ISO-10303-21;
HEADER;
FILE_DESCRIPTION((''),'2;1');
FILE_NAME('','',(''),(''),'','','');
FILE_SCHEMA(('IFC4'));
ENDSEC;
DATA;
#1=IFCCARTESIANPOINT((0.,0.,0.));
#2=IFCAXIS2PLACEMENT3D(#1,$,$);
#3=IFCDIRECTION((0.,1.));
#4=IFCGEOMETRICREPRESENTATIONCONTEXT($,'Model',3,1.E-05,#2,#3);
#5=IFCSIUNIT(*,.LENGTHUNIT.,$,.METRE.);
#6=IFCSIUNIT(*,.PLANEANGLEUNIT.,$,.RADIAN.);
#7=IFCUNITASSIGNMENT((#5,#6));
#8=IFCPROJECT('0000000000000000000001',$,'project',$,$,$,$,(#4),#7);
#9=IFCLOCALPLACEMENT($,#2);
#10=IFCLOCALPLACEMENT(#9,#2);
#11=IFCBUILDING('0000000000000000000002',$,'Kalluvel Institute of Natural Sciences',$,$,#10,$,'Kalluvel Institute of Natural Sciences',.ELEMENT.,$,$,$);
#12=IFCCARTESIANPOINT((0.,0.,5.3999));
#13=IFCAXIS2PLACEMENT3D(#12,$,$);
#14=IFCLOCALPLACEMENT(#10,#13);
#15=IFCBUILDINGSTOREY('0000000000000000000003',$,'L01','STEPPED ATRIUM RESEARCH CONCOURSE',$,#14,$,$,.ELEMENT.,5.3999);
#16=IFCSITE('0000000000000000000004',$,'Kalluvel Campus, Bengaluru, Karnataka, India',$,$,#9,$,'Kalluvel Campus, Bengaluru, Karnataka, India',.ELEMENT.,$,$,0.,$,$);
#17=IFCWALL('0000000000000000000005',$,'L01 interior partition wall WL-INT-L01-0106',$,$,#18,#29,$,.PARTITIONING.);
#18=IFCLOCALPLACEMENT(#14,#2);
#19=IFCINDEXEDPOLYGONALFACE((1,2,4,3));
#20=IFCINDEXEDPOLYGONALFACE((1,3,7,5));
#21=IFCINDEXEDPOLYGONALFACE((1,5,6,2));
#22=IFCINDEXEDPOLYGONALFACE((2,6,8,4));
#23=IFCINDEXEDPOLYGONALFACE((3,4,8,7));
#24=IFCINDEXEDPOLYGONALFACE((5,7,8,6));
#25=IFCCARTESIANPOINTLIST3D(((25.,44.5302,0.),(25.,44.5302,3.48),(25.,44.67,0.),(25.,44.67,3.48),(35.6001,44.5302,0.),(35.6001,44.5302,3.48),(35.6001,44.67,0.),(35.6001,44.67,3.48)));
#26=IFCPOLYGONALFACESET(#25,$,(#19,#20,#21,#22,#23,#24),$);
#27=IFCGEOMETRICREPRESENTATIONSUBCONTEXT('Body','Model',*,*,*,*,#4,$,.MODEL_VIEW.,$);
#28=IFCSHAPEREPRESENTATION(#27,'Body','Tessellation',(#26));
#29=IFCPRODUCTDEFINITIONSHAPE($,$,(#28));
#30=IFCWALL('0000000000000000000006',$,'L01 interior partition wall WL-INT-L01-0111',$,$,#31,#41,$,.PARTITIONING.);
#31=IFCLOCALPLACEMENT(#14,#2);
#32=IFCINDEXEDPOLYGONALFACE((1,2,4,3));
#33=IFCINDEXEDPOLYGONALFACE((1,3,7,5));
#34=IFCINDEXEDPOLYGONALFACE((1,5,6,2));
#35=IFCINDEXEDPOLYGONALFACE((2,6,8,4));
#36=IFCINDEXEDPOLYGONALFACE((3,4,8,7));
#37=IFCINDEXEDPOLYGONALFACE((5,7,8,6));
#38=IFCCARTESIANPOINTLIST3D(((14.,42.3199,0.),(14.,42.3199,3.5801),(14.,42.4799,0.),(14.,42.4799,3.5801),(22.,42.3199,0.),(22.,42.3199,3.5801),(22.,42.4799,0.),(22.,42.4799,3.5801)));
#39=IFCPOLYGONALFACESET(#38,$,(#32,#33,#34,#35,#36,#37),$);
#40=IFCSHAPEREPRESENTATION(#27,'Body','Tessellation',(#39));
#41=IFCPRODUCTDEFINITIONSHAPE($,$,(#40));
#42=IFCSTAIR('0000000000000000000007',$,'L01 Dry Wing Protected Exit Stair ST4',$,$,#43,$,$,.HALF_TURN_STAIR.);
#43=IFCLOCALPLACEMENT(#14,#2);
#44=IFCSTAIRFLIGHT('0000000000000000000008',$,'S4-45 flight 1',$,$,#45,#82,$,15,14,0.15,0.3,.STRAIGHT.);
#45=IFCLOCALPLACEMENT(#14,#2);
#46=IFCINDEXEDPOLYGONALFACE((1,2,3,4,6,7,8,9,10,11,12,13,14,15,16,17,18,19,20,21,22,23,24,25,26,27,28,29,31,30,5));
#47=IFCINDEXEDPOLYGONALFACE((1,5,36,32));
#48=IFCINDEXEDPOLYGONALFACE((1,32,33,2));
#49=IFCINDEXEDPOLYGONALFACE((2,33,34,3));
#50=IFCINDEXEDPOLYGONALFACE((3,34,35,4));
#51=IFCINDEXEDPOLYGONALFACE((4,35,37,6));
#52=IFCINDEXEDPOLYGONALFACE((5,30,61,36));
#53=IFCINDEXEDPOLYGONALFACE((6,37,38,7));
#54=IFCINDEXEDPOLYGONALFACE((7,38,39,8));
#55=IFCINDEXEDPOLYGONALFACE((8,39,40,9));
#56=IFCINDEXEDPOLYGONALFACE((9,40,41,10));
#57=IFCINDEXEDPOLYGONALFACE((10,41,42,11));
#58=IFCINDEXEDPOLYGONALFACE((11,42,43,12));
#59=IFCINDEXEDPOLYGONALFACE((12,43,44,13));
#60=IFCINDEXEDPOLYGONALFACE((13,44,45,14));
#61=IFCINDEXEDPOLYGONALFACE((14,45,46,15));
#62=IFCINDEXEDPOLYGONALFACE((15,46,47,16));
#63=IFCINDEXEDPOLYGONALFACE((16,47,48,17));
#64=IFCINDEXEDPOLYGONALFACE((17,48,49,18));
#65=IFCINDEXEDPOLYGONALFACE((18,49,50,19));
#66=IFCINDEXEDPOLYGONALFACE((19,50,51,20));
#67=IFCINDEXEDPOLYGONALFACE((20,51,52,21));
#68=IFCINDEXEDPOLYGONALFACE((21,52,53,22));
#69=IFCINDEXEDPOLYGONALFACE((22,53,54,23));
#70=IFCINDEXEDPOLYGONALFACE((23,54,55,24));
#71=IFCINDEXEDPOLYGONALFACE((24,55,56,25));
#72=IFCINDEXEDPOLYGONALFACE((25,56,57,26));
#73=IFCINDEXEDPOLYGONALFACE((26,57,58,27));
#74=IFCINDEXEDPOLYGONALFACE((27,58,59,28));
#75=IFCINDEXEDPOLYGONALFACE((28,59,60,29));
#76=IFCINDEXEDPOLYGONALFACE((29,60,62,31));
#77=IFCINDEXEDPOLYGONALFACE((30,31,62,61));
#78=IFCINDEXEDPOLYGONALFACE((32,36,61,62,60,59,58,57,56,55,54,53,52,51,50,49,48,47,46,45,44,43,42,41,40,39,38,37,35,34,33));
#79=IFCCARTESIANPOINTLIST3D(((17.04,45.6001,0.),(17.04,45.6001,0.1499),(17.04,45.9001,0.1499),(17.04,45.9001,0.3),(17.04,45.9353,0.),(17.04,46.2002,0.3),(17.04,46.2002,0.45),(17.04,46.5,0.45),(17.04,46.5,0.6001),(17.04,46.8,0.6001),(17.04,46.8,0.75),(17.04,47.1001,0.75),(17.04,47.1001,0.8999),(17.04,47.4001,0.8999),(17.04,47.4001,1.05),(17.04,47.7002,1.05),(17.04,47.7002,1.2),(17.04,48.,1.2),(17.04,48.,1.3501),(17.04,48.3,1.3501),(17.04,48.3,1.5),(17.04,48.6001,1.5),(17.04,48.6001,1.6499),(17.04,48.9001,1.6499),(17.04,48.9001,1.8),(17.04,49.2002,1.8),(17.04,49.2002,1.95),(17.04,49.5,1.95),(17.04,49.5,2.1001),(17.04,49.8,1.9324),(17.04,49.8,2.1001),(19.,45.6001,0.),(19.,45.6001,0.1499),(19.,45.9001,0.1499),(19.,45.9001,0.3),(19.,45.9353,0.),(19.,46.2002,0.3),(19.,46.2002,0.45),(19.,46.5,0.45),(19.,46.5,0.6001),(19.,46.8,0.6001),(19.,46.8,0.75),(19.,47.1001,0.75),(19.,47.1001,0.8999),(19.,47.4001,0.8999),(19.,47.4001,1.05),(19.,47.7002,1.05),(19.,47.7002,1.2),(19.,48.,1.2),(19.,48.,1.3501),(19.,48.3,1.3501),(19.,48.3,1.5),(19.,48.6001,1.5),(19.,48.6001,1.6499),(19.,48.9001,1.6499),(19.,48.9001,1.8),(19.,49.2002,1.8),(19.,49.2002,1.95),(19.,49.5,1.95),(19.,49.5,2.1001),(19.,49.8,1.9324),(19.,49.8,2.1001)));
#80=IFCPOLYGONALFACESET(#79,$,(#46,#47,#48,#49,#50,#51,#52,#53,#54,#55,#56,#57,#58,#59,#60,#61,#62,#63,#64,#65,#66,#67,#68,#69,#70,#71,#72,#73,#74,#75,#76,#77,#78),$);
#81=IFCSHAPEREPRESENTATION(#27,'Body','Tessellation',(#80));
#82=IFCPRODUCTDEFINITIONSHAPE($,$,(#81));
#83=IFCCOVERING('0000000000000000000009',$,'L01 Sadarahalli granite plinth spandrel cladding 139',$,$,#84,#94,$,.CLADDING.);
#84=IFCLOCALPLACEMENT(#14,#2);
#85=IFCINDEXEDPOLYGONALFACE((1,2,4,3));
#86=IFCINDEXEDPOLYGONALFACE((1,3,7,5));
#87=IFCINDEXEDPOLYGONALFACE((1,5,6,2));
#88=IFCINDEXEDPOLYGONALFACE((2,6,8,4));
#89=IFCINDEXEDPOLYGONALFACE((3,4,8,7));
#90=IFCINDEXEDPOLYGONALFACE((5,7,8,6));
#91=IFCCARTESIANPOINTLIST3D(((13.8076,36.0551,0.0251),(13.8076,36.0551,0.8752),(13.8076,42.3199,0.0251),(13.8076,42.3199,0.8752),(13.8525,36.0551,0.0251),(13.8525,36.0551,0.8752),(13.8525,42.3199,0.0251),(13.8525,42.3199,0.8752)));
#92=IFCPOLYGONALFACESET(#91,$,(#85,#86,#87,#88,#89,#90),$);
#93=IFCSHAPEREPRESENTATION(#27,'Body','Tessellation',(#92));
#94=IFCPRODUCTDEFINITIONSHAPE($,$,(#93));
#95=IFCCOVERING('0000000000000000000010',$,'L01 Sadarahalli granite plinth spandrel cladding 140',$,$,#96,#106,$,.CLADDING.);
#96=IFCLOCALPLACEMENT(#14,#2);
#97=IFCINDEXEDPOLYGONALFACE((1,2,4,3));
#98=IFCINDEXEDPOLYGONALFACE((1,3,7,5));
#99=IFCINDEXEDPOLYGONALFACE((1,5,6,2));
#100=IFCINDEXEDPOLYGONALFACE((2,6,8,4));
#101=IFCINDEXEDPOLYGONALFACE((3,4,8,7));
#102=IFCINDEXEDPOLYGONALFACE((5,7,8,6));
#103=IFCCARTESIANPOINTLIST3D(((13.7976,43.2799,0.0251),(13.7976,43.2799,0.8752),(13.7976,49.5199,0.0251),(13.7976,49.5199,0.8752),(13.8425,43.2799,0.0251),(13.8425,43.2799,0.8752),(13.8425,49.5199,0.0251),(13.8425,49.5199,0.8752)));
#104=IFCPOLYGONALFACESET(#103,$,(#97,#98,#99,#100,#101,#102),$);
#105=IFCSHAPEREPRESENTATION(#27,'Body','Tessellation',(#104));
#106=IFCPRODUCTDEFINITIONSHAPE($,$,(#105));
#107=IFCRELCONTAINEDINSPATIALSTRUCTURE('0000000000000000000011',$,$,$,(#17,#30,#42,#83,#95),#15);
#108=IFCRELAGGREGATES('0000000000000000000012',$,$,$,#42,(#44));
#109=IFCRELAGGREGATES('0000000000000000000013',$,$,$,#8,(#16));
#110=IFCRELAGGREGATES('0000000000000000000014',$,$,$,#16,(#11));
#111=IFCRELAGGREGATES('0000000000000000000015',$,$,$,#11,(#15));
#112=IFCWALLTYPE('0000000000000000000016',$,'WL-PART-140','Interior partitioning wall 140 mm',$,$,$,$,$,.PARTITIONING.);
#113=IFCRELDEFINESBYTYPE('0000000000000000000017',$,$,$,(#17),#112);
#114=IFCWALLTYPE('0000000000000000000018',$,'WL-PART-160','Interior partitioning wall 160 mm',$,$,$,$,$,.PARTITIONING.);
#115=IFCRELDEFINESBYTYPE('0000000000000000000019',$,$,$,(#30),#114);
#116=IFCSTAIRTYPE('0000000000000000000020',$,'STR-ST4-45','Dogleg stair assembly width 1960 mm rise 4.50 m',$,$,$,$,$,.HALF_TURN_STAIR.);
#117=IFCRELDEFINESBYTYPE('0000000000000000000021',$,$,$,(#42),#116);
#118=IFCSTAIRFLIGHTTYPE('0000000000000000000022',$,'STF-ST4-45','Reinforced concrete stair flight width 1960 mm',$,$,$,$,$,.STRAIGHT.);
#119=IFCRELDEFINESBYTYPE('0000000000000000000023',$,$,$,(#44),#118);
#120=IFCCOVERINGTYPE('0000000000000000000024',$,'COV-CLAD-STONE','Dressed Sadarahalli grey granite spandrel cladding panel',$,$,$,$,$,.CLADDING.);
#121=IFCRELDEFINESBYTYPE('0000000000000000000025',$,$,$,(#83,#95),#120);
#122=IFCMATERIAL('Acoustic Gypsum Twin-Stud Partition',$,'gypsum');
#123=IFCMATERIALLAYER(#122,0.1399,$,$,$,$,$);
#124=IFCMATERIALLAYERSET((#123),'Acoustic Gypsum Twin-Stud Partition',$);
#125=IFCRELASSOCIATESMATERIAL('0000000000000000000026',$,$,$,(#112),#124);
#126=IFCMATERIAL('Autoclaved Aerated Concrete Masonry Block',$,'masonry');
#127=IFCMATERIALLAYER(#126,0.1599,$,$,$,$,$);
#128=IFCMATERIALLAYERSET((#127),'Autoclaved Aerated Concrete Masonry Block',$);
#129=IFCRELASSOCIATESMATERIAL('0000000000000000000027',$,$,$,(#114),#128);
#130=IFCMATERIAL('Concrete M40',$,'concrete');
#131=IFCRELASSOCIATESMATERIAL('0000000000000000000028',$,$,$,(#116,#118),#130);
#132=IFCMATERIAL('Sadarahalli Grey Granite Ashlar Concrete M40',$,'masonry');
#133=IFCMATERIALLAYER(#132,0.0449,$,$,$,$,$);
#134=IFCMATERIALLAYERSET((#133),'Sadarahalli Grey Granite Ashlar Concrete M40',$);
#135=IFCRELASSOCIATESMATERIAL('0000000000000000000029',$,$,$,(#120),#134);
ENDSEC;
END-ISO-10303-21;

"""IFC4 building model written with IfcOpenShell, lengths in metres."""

from ifc_helpers import new_model, si_unit, direction, frame, frame_2d, origin, origin_2d, place, context, subcontext, project, spatial, polyline, rectangle, outline, extrude, material, layer, layer_set, type_object, element, aggregate, save


model = new_model("IFC4")

# Units and contexts
model_context = context("Model", 3, precision=1e-05, world=origin(), true_north=direction((0.0, 1.0)))
body_context = subcontext(model_context, "Body", "Model", "MODEL_VIEW")
ifc_project = project(units=[si_unit("LENGTHUNIT", "METRE"), si_unit("PLANEANGLEUNIT", "RADIAN")], contexts=[model_context])

# Site, building, storey
site_placement = place(None, origin())
site = spatial("IfcSite", under=ifc_project, at=site_placement, Name="Kalluvel Campus, Bengaluru, Karnataka, India", LongName="Kalluvel Campus, Bengaluru, Karnataka, India", CompositionType="ELEMENT", RefElevation=0.0)
building_placement = place(site_placement, origin())
building = spatial("IfcBuilding", under=site, at=building_placement, Name="Kalluvel Institute of Natural Sciences", LongName="Kalluvel Institute of Natural Sciences", CompositionType="ELEMENT")
storey_placement = place(building_placement, frame((0.0, 0.0, 5.3999)))
storey = spatial("IfcBuildingStorey", under=building, at=storey_placement, Name="L01", Description="STEPPED ATRIUM RESEARCH CONCOURSE", CompositionType="ELEMENT", Elevation=5.3999)

# Shared definitions
ifc_material_1 = material(Name="Concrete M40", Category="concrete")

# Walls
ifc_material_2 = material(Name="Sadarahalli Grey Granite Ashlar Concrete M40", Category="masonry")
ifc_material_3 = material(Name="Acoustic Gypsum Twin-Stud Partition", Category="gypsum")
ifc_layer_1 = layer(ifc_material_3, 0.1399)
ifc_layer_set_1 = layer_set([ifc_layer_1], Name="Acoustic Gypsum Twin-Stud Partition")
wall_type_1 = type_object("IfcWallType", Name="WL-PART-140", Description="Interior partitioning wall 140 mm", PredefinedType="PARTITIONING", material=ifc_layer_set_1)
wall_1_placement = place(storey_placement, frame((25.0, 44.6001, 0.0), z_axis=(0.0, 0.0, 1.0), x_axis=(1.0, 0.0, 0.0)))
element("IfcWall", 1, at=wall_1_placement, inside=storey, type_object=wall_type_1, Name="L01 interior partition wall WL-INT-L01-0106", PredefinedType="PARTITIONING", context=body_context, shape_type="SweptSolid", body=[
    extrude(rectangle(XDim=10.6001, YDim=0.1399, at=frame_2d((5.3, 0.0))), origin(), (0.0, 0.0, 1.0), 3.48),
])
ifc_material_4 = material(Name="Autoclaved Aerated Concrete Masonry Block", Category="masonry")
ifc_layer_2 = layer(ifc_material_4, 0.1599)
ifc_layer_set_2 = layer_set([ifc_layer_2], Name="Autoclaved Aerated Concrete Masonry Block")
wall_type_2 = type_object("IfcWallType", Name="WL-PART-160", Description="Interior partitioning wall 160 mm", PredefinedType="PARTITIONING", material=ifc_layer_set_2)
wall_2_placement = place(storey_placement, frame((14.0, 42.3999, 0.0), z_axis=(0.0, 0.0, 1.0), x_axis=(1.0, 0.0, 0.0)))
element("IfcWall", 2, at=wall_2_placement, inside=storey, type_object=wall_type_2, Name="L01 interior partition wall WL-INT-L01-0111", PredefinedType="PARTITIONING", context=body_context, shape_type="SweptSolid", body=[
    extrude(rectangle(XDim=8.0, YDim=0.1599, at=frame_2d((4.0, 0.0))), origin(), (0.0, 0.0, 1.0), 3.5801),
])

# Stair, stair flight
stair_type = type_object("IfcStairType", Name="STR-ST4-45", Description="Dogleg stair assembly width 1960 mm rise 4.50 m", PredefinedType="HALF_TURN_STAIR", material=ifc_material_1)
stair_placement = place(storey_placement, origin())
stair = element("IfcStair", 3, at=stair_placement, inside=storey, type_object=stair_type, Name="L01 Dry Wing Protected Exit Stair ST4", PredefinedType="HALF_TURN_STAIR")
stair_flight_type = type_object("IfcStairFlightType", Name="STF-ST4-45", Description="Reinforced concrete stair flight width 1960 mm", PredefinedType="STRAIGHT", material=ifc_material_1)
stair_flight_placement = place(storey_placement, frame((18.02, 45.6001, 0.0), z_axis=(0.0, 0.0, 1.0), x_axis=(0.0, 1.0, 0.0)))
stair_flight = element("IfcStairFlight", 4, at=stair_flight_placement, type_object=stair_flight_type, Name="S4-45 flight 1", NumberOfRisers=15, NumberOfTreads=14, PredefinedType="STRAIGHT", RiserHeight=0.15, TreadLength=0.3, context=body_context, shape_type="SweptSolid", body=[
    extrude(outline(polyline([(0.0, 0.0), (0.0, 0.1499), (0.3, 0.1499), (0.3, 0.3), (0.6001, 0.3), (0.6001, 0.45), (0.8999, 0.45), (0.8999, 0.6001), (1.2, 0.6001), (1.2, 0.75), (1.5, 0.75), (1.5, 0.8999), (1.8, 0.8999), (1.8, 1.05), (2.1001, 1.05), (2.1001, 1.2), (2.3999, 1.2), (2.3999, 1.3501), (2.7, 1.3501), (2.7, 1.5), (3.0, 1.5), (3.0, 1.6499), (3.3, 1.6499), (3.3, 1.8), (3.6001, 1.8), (3.6001, 1.95), (3.8999, 1.95), (3.8999, 2.1001), (4.2, 2.1001), (4.2, 2.25), (4.2, 1.9324), (0.3352, 0.0), (0.0, 0.0)])), frame((0.0, 0.98, 0.0), z_axis=(0.0, -1.0, 0.0), x_axis=(1.0, 0.0, 0.0)), (0.0, 0.0, 1.0), 1.96),
])
aggregate(stair, [stair_flight])

# Coverings
ifc_layer_3 = layer(ifc_material_2, 0.0449)
ifc_layer_set_3 = layer_set([ifc_layer_3], Name="Sadarahalli Grey Granite Ashlar Concrete M40")
covering_type = type_object("IfcCoveringType", Name="COV-CLAD-STONE", Description="Dressed Sadarahalli grey granite spandrel cladding panel", PredefinedType="CLADDING", material=ifc_layer_set_3)
covering_1_placement = place(storey_placement, frame((13.8301, 39.1875, 0.0251), z_axis=(0.0, 0.0, 1.0), x_axis=(0.0, 1.0, 0.0)))
element("IfcCovering", 5, at=covering_1_placement, inside=storey, type_object=covering_type, Name="L01 Sadarahalli granite plinth spandrel cladding 139", PredefinedType="CLADDING", context=body_context, shape_type="SweptSolid", body=[
    extrude(rectangle(XDim=6.2649, YDim=0.0449, at=origin_2d()), origin(), (0.0, 0.0, 1.0), 0.8501),
])
covering_2_placement = place(storey_placement, frame((13.8201, 46.3999, 0.0251), z_axis=(0.0, 0.0, 1.0), x_axis=(0.0, 1.0, 0.0)))
element("IfcCovering", 6, at=covering_2_placement, inside=storey, type_object=covering_type, Name="L01 Sadarahalli granite plinth spandrel cladding 140", PredefinedType="CLADDING", context=body_context, shape_type="SweptSolid", body=[
    extrude(rectangle(XDim=6.24, YDim=0.0449, at=origin_2d()), origin(), (0.0, 0.0, 1.0), 0.8501),
])

save(model, "model.ifc")
